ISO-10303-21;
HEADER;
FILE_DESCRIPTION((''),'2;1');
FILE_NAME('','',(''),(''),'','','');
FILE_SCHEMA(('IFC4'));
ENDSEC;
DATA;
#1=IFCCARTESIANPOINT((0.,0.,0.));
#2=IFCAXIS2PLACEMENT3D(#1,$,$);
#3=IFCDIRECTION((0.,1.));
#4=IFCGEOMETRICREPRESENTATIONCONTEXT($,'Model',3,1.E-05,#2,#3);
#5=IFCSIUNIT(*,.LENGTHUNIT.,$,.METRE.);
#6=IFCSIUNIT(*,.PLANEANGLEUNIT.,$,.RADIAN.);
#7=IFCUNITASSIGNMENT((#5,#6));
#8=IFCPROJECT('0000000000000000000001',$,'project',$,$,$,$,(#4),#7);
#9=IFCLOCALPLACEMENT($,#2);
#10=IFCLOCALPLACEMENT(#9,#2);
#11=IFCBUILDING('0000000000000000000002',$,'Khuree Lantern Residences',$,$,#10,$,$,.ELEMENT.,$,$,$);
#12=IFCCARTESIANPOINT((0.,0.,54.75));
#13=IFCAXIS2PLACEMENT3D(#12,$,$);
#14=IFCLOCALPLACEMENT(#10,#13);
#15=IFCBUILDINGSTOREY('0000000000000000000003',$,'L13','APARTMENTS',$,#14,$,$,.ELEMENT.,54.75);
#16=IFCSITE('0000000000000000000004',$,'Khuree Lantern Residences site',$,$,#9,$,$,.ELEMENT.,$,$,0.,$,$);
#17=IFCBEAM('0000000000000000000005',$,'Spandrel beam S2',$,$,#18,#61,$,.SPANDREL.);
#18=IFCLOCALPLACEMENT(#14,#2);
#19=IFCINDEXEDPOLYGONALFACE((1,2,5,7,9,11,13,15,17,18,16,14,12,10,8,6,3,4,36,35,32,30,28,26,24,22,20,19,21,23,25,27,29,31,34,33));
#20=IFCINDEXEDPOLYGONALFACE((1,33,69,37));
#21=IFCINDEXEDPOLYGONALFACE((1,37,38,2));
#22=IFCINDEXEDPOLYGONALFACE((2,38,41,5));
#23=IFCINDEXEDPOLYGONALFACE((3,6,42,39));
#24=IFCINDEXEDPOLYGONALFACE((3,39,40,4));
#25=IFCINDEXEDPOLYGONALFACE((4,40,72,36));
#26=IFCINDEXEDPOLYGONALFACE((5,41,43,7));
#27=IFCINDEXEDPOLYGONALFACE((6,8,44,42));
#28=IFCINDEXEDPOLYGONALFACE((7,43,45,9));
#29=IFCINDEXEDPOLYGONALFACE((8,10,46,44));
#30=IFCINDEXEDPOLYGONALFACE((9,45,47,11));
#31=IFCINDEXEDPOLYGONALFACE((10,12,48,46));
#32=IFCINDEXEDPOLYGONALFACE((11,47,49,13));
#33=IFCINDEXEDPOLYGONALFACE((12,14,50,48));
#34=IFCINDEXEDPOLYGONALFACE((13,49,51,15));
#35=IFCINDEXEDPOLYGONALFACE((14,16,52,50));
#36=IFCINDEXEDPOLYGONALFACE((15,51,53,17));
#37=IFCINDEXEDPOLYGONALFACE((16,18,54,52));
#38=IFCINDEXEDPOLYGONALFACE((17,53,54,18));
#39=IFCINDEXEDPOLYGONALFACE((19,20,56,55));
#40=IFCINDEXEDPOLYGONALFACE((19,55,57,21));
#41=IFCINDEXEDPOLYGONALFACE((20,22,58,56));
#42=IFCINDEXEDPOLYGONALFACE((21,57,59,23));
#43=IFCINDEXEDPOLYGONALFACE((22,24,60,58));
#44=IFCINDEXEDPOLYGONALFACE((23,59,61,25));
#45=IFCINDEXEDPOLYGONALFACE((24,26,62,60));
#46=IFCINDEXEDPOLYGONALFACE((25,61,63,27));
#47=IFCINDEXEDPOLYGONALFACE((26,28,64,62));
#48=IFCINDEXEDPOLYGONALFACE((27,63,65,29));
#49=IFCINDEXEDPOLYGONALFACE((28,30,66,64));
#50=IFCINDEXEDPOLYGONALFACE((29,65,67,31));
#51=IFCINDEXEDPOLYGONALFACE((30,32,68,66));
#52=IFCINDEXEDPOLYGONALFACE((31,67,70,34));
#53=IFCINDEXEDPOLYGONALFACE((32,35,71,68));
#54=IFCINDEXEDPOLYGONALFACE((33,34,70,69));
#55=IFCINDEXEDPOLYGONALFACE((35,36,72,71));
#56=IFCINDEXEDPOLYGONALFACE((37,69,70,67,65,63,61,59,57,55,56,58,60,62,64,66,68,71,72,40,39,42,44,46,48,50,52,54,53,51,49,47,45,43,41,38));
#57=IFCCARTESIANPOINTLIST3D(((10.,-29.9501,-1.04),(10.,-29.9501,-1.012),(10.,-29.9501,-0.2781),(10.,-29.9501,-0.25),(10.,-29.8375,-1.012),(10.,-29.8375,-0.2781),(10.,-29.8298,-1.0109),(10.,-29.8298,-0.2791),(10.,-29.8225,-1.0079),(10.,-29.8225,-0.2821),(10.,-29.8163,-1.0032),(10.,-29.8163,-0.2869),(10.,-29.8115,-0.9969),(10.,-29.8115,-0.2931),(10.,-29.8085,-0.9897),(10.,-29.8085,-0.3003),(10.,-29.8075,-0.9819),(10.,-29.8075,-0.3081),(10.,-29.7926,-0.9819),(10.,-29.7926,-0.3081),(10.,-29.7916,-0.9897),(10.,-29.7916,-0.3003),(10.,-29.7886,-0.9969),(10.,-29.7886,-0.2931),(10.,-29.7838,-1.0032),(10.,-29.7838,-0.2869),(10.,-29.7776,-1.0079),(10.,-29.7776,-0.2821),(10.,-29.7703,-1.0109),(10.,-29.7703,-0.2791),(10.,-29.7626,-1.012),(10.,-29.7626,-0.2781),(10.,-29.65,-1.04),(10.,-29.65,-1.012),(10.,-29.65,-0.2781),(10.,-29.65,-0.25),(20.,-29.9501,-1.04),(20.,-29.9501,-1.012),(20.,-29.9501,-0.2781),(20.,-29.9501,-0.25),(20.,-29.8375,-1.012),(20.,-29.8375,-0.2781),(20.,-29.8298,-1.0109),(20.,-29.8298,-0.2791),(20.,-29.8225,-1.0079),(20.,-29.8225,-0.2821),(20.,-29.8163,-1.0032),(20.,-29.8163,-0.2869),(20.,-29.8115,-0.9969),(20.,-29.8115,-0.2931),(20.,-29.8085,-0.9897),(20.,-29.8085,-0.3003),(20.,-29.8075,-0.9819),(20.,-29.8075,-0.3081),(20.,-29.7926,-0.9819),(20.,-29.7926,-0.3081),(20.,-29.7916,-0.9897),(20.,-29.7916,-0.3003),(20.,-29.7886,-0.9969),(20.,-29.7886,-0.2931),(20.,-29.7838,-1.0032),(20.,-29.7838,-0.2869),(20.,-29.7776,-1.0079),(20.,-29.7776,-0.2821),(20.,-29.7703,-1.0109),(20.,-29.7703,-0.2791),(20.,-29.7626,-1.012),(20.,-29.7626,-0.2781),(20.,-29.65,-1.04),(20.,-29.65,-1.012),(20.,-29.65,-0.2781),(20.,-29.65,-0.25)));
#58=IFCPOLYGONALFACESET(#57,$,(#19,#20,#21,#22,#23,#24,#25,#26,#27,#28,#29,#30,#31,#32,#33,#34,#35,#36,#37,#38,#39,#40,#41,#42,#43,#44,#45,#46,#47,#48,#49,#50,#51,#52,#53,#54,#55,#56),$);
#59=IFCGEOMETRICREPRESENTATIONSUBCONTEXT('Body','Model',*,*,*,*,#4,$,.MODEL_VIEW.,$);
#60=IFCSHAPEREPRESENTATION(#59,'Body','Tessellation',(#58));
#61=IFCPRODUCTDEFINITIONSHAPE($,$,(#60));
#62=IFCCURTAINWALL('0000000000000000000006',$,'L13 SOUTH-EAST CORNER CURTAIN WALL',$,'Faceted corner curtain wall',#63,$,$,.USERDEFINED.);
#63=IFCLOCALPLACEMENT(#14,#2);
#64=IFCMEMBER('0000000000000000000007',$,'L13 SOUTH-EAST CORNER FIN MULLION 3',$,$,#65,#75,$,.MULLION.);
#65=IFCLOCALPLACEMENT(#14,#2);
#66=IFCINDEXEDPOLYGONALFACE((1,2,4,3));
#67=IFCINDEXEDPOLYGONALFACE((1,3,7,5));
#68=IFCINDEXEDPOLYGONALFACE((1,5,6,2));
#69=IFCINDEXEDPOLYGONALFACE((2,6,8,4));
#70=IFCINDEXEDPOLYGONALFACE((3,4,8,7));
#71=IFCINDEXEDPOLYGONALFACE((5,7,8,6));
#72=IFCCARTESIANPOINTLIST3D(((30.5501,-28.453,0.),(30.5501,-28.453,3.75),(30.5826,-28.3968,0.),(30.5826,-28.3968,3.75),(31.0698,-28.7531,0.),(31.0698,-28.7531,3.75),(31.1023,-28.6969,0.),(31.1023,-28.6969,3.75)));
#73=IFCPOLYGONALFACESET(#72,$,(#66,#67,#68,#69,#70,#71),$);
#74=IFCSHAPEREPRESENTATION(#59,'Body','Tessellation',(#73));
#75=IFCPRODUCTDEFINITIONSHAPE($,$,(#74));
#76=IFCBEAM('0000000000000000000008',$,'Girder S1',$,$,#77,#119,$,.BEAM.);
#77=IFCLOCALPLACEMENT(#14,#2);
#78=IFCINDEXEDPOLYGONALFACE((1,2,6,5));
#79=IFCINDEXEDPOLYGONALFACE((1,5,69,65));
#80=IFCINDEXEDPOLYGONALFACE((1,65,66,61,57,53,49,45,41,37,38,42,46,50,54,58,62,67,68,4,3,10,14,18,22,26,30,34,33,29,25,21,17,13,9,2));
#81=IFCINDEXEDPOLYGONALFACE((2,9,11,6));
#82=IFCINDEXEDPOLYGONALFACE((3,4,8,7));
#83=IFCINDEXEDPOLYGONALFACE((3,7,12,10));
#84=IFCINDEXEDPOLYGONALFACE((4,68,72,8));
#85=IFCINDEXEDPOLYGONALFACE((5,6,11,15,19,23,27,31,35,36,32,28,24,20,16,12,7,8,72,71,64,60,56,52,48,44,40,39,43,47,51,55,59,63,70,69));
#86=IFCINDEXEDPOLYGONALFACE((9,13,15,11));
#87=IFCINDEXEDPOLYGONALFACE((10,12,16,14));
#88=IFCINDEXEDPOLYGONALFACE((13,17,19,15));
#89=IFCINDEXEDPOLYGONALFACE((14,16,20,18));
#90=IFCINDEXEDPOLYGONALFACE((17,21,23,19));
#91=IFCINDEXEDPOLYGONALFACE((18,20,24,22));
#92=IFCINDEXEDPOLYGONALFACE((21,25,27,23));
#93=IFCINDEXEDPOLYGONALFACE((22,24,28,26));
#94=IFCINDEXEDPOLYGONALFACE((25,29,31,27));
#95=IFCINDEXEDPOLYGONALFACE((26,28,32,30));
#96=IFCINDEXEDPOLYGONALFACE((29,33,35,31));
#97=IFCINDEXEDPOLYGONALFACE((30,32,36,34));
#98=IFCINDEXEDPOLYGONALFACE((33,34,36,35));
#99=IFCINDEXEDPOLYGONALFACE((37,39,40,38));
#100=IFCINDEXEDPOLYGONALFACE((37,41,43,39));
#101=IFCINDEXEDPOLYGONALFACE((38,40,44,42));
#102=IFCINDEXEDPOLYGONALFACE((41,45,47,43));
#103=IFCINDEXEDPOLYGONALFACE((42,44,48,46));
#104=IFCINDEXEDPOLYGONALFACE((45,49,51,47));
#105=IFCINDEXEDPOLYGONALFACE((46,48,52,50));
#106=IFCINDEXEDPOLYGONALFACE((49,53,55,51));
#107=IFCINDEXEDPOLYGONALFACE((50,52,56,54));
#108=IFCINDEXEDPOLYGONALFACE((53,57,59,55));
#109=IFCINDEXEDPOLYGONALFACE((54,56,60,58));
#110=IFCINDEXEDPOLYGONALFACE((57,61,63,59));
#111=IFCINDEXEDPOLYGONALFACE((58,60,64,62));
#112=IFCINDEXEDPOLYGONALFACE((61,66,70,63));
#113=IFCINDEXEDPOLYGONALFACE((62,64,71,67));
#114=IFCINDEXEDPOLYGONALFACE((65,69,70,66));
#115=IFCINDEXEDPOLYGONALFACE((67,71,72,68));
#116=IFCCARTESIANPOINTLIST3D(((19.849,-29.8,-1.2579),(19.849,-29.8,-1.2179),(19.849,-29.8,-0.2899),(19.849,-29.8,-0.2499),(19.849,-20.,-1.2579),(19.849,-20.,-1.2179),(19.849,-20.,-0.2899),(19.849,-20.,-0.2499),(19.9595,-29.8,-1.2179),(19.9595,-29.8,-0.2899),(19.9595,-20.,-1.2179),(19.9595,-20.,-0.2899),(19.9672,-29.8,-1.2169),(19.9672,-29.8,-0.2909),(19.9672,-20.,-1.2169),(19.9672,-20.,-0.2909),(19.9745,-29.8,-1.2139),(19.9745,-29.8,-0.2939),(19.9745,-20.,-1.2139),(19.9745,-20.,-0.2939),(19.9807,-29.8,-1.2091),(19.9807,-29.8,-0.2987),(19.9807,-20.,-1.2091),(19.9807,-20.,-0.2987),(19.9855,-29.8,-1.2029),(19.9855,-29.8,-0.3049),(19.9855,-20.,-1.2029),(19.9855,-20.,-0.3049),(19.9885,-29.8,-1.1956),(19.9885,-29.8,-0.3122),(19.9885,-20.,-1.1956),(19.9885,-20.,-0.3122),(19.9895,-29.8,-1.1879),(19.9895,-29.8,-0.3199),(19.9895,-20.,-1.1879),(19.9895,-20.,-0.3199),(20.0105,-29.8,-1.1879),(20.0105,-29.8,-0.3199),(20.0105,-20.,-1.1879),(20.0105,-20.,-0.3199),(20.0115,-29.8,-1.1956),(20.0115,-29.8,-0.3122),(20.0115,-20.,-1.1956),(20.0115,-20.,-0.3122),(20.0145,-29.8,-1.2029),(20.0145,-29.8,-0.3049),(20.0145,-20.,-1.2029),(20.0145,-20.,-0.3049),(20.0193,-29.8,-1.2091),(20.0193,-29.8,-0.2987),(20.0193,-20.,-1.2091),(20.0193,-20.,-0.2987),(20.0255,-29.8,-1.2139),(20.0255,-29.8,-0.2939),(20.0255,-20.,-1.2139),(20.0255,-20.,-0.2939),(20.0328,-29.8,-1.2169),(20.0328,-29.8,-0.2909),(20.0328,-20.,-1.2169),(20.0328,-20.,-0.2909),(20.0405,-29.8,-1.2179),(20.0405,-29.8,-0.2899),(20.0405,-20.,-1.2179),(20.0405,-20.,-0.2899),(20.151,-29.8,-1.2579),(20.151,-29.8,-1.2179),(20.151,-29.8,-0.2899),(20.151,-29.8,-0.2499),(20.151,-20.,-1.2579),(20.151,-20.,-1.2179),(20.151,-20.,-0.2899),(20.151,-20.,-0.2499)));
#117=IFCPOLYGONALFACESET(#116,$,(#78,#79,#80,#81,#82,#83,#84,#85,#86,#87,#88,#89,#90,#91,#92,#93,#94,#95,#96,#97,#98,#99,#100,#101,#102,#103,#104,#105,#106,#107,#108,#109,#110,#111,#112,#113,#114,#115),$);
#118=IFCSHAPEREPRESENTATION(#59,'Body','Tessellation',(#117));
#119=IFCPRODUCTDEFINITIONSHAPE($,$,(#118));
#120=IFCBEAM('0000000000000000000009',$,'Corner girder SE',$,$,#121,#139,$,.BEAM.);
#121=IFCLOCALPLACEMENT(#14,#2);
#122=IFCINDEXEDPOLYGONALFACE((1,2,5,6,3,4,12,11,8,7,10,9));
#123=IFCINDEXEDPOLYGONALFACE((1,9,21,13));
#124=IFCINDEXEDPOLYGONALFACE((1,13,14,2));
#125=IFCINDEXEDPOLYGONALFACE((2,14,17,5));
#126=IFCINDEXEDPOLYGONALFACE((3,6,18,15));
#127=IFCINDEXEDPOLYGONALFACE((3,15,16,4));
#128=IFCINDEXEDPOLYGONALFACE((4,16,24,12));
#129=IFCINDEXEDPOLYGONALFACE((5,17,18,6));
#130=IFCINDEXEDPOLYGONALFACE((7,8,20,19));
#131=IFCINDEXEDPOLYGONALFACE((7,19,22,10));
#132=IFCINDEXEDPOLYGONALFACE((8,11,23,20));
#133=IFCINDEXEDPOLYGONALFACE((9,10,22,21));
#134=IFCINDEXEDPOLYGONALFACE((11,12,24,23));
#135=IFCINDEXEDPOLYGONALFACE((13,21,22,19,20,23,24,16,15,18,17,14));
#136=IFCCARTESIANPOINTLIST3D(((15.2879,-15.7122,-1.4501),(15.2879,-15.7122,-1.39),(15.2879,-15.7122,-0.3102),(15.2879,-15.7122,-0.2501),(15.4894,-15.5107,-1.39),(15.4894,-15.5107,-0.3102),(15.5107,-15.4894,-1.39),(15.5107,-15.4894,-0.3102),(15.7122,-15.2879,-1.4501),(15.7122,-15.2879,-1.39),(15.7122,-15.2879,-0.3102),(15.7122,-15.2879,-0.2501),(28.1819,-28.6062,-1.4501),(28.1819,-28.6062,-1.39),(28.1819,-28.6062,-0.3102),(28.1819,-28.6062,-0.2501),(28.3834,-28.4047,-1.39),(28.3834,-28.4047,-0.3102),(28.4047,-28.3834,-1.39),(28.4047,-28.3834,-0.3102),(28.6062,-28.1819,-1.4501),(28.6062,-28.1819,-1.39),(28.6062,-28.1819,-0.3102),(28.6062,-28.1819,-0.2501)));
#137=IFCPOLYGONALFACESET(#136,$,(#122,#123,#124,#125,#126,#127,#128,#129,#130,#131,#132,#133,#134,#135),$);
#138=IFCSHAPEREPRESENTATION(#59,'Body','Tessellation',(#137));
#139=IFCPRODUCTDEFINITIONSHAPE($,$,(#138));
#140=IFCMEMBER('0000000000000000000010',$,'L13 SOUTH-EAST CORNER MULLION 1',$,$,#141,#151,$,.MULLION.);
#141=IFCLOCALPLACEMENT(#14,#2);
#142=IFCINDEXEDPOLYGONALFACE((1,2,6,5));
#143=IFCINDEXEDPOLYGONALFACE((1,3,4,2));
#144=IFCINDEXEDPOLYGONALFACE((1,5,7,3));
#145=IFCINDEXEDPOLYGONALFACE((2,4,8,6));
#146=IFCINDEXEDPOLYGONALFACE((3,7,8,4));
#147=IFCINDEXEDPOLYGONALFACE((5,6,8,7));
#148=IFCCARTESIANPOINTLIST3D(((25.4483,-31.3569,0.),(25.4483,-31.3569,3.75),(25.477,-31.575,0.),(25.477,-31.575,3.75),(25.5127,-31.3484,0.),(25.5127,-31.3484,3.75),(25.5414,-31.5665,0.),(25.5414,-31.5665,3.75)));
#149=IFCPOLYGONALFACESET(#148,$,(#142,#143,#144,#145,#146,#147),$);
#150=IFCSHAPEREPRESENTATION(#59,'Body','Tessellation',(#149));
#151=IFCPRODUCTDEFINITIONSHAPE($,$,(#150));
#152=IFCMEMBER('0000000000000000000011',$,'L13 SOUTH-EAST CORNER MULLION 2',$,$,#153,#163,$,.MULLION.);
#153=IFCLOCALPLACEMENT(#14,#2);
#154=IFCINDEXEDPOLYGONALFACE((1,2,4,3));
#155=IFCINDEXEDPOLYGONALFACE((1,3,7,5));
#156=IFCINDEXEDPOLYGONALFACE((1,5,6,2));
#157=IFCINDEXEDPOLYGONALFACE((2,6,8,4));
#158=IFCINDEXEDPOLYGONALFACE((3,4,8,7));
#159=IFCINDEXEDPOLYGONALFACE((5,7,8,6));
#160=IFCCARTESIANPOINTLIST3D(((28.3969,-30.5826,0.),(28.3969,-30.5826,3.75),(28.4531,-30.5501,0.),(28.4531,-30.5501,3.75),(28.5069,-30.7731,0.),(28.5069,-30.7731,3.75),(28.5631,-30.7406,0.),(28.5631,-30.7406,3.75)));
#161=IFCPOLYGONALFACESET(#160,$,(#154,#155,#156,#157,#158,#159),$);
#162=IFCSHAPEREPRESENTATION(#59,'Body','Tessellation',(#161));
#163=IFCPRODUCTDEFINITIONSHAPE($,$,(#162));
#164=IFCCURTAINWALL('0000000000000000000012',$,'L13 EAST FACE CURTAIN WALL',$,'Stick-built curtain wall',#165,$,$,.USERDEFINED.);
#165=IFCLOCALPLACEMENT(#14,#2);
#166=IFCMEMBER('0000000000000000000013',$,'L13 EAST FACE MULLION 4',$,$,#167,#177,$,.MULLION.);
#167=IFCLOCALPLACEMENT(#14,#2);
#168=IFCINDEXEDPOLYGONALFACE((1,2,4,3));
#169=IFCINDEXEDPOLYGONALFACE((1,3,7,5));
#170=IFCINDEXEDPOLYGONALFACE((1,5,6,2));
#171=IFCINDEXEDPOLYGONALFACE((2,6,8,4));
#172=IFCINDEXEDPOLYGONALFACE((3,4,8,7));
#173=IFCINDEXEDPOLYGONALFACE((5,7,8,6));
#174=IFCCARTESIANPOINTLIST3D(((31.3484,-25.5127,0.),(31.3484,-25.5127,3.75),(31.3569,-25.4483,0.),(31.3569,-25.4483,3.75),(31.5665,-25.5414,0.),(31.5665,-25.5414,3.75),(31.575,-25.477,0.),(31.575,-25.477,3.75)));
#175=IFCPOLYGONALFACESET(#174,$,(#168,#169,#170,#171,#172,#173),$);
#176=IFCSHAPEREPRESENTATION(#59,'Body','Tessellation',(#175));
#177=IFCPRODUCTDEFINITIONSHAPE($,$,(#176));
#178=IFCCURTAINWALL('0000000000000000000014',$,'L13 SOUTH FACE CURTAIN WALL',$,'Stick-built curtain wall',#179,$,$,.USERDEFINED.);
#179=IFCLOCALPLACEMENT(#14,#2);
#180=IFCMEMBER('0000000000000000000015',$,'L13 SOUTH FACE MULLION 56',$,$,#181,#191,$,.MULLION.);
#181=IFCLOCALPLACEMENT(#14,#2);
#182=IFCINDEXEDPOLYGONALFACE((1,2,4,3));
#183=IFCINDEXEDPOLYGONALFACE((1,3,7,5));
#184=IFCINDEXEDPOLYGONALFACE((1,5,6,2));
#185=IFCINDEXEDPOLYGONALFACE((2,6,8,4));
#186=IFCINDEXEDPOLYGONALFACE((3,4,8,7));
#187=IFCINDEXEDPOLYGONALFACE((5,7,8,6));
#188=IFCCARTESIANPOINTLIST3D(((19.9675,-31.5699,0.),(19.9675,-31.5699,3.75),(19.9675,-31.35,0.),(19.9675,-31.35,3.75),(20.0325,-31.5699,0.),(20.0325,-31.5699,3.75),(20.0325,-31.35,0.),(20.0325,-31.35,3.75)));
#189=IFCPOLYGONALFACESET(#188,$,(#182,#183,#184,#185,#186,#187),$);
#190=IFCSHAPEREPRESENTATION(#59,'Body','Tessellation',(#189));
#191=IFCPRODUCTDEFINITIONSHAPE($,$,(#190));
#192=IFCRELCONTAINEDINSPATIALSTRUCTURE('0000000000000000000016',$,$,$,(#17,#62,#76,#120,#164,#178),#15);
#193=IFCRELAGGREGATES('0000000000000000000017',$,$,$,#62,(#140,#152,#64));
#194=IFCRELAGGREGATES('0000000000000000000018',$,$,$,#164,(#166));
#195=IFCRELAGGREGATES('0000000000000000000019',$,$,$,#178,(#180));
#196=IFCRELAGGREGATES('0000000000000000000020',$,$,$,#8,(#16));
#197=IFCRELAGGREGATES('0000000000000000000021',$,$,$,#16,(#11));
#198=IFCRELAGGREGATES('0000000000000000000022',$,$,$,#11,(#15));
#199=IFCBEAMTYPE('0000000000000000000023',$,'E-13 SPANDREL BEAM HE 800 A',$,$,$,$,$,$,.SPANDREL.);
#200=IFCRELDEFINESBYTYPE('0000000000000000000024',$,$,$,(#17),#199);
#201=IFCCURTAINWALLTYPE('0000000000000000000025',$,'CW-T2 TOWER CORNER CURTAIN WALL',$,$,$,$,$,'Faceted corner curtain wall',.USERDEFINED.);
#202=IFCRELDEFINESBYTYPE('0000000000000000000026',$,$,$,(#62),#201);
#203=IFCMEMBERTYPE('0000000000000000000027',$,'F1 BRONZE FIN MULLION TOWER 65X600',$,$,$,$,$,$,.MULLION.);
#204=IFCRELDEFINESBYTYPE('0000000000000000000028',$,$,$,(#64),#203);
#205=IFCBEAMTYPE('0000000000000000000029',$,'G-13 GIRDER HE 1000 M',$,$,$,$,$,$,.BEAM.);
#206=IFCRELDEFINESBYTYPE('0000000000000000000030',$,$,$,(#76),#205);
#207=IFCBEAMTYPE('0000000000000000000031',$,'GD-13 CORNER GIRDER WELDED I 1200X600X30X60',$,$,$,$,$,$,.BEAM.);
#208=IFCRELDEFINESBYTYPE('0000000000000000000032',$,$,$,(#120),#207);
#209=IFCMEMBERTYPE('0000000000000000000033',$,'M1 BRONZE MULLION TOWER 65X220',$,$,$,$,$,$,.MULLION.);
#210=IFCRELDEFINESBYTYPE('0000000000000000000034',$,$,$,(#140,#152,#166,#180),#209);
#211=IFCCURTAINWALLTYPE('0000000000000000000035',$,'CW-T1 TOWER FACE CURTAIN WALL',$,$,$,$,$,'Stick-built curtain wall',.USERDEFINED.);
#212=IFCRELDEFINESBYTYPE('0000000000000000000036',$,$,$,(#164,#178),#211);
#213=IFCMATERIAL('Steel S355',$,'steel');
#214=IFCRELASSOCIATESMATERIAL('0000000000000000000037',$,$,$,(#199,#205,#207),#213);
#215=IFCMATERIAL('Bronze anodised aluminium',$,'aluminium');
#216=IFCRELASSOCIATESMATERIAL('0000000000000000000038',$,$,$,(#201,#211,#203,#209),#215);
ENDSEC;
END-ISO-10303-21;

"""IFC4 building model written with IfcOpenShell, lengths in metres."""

from ifc_helpers import new_model, si_unit, direction, frame, origin, origin_2d, place, context, subcontext, project, spatial, rectangle, i_section, extrude, material, material_profile, profile_set, type_object, element, aggregate, save


model = new_model("IFC4")

# Units and contexts
model_context = context("Model", 3, precision=1e-05, world=origin(), true_north=direction((0.0, 1.0)))
body_context = subcontext(model_context, "Body", "Model", "MODEL_VIEW")
ifc_project = project(units=[si_unit("LENGTHUNIT", "METRE"), si_unit("PLANEANGLEUNIT", "RADIAN")], contexts=[model_context])

# Site, building, storey
site_placement = place(None, origin())
site = spatial("IfcSite", under=ifc_project, at=site_placement, Name="Khuree Lantern Residences site", CompositionType="ELEMENT", RefElevation=0.0)
building_placement = place(site_placement, origin())
building = spatial("IfcBuilding", under=site, at=building_placement, Name="Khuree Lantern Residences", CompositionType="ELEMENT")
storey_placement = place(building_placement, frame((0.0, 0.0, 54.75)))
storey = spatial("IfcBuildingStorey", under=building, at=storey_placement, Name="L13", Description="APARTMENTS", CompositionType="ELEMENT", Elevation=54.75)

# Beam
ifc_material_1 = material(Name="Steel S355", Category="steel")
ifc_material_profile_1 = material_profile(ifc_material_1, i_section(OverallWidth=0.3, OverallDepth=0.79, WebThickness=0.0149, FlangeThickness=0.0281, FilletRadius=0.03, at=origin_2d()), Name="HE 800 A")
ifc_profile_set_1 = profile_set([ifc_material_profile_1], Name="Steel S355")
beam_type_1 = type_object("IfcBeamType", Name="E-13 SPANDREL BEAM HE 800 A", PredefinedType="SPANDREL", material=ifc_profile_set_1)
beam_1_placement = place(storey_placement, frame((20.0, -29.8, -0.645), z_axis=(-1.0, 0.0, 0.0), x_axis=(0.0, -1.0, 0.0)))
element("IfcBeam", 1, at=beam_1_placement, inside=storey, type_object=beam_type_1, Name="Spandrel beam S2", PredefinedType="SPANDREL", context=body_context, shape_type="SweptSolid", body=[
    extrude(i_section(OverallWidth=0.3, OverallDepth=0.79, WebThickness=0.0149, FlangeThickness=0.0281, FilletRadius=0.03, at=origin_2d()), origin(), (0.0, 0.0, 1.0), 10.0),
])

# Curtain wall, member
ifc_material_2 = material(Name="Bronze anodised aluminium", Category="aluminium")
curtain_wall_type_1 = type_object("IfcCurtainWallType", Name="CW-T2 TOWER CORNER CURTAIN WALL", ElementType="Faceted corner curtain wall", PredefinedType="USERDEFINED", material=ifc_material_2)
curtain_wall_1_placement = place(storey_placement, origin())
curtain_wall_1 = element("IfcCurtainWall", 2, at=curtain_wall_1_placement, inside=storey, type_object=curtain_wall_type_1, Name="L13 SOUTH-EAST CORNER CURTAIN WALL", ObjectType="Faceted corner curtain wall", PredefinedType="USERDEFINED")
ifc_material_profile_2 = material_profile(ifc_material_2, rectangle(XDim=0.0649, YDim=0.6001, at=origin_2d()), Name="F1 65X600")
ifc_profile_set_2 = profile_set([ifc_material_profile_2], Name="Bronze anodised aluminium")
member_type_1 = type_object("IfcMemberType", Name="F1 BRONZE FIN MULLION TOWER 65X600", PredefinedType="MULLION", material=ifc_profile_set_2)
member_1_placement = place(storey_placement, frame((30.8262, -28.575, 0.0), z_axis=(0.0, 0.0, 1.0), x_axis=(0.5, 0.866025, 0.0)))
member_1 = element("IfcMember", 3, at=member_1_placement, type_object=member_type_1, Name="L13 SOUTH-EAST CORNER FIN MULLION 3", PredefinedType="MULLION", context=body_context, shape_type="SweptSolid", body=[
    extrude(rectangle(XDim=0.0649, YDim=0.6001, at=origin_2d()), origin(), (0.0, 0.0, 1.0), 3.75),
])

# Beams
ifc_material_profile_3 = material_profile(ifc_material_1, i_section(OverallWidth=0.302, OverallDepth=1.0081, WebThickness=0.021, FlangeThickness=0.04, FilletRadius=0.03, at=origin_2d()), Name="HE 1000 M")
ifc_profile_set_3 = profile_set([ifc_material_profile_3], Name="Steel S355")
beam_type_2 = type_object("IfcBeamType", Name="G-13 GIRDER HE 1000 M", PredefinedType="BEAM", material=ifc_profile_set_3)
beam_2_placement = place(storey_placement, frame((20.0, -29.8, -0.7539), z_axis=(0.0, 1.0, 0.0), x_axis=(-1.0, 0.0, 0.0)))
element("IfcBeam", 4, at=beam_2_placement, inside=storey, type_object=beam_type_2, Name="Girder S1", PredefinedType="BEAM", context=body_context, shape_type="SweptSolid", body=[
    extrude(i_section(OverallWidth=0.302, OverallDepth=1.0081, WebThickness=0.021, FlangeThickness=0.04, FilletRadius=0.03, at=origin_2d()), origin(), (0.0, 0.0, 1.0), 9.8),
])
ifc_material_profile_4 = material_profile(ifc_material_1, i_section(OverallWidth=0.6001, OverallDepth=1.2, WebThickness=0.03, FlangeThickness=0.0601, at=origin_2d()), Name="WELDED I 1200X600X30X60")
ifc_profile_set_4 = profile_set([ifc_material_profile_4], Name="Steel S355")
beam_type_3 = type_object("IfcBeamType", Name="GD-13 CORNER GIRDER WELDED I 1200X600X30X60", PredefinedType="BEAM", material=ifc_profile_set_4)
beam_3_placement = place(storey_placement, frame((28.394, -28.394, -0.8501), z_axis=(-0.707107, 0.707107, 0.0), x_axis=(-0.707107, -0.707107, 0.0)))
element("IfcBeam", 5, at=beam_3_placement, inside=storey, type_object=beam_type_3, Name="Corner girder SE", PredefinedType="BEAM", context=body_context, shape_type="SweptSolid", body=[
    extrude(i_section(OverallWidth=0.6001, OverallDepth=1.2, WebThickness=0.03, FlangeThickness=0.0601, at=origin_2d()), origin(), (0.0, 0.0, 1.0), 18.2349),
])

# Members
ifc_material_profile_5 = material_profile(ifc_material_2, rectangle(XDim=0.0649, YDim=0.22, at=origin_2d()), Name="M1 65X220")
ifc_profile_set_5 = profile_set([ifc_material_profile_5], Name="Bronze anodised aluminium")
member_type_2 = type_object("IfcMemberType", Name="M1 BRONZE MULLION TOWER 65X220", PredefinedType="MULLION", material=ifc_profile_set_5)
member_2_placement = place(storey_placement, frame((25.4949, -31.4617, 0.0), z_axis=(0.0, 0.0, 1.0), x_axis=(0.991445, 0.130526, 0.0)))
member_2 = element("IfcMember", 6, at=member_2_placement, type_object=member_type_2, Name="L13 SOUTH-EAST CORNER MULLION 1", PredefinedType="MULLION", context=body_context, shape_type="SweptSolid", body=[
    extrude(rectangle(XDim=0.0649, YDim=0.22, at=origin_2d()), origin(), (0.0, 0.0, 1.0), 3.75),
])
member_3_placement = place(storey_placement, frame((28.48, -30.6616, 0.0), z_axis=(0.0, 0.0, 1.0), x_axis=(0.866025, 0.5, 0.0)))
member_3 = element("IfcMember", 7, at=member_3_placement, type_object=member_type_2, Name="L13 SOUTH-EAST CORNER MULLION 2", PredefinedType="MULLION", context=body_context, shape_type="SweptSolid", body=[
    extrude(rectangle(XDim=0.0649, YDim=0.22, at=origin_2d()), origin(), (0.0, 0.0, 1.0), 3.75),
])

# Curtain walls, members
curtain_wall_type_2 = type_object("IfcCurtainWallType", Name="CW-T1 TOWER FACE CURTAIN WALL", ElementType="Stick-built curtain wall", PredefinedType="USERDEFINED", material=ifc_material_2)
curtain_wall_2_placement = place(storey_placement, origin())
curtain_wall_2 = element("IfcCurtainWall", 8, at=curtain_wall_2_placement, inside=storey, type_object=curtain_wall_type_2, Name="L13 EAST FACE CURTAIN WALL", ObjectType="Stick-built curtain wall", PredefinedType="USERDEFINED")
member_4_placement = place(storey_placement, frame((31.4617, -25.4949, 0.0), z_axis=(0.0, 0.0, 1.0), x_axis=(0.130526, 0.991445, 0.0)))
member_4 = element("IfcMember", 9, at=member_4_placement, type_object=member_type_2, Name="L13 EAST FACE MULLION 4", PredefinedType="MULLION", context=body_context, shape_type="SweptSolid", body=[
    extrude(rectangle(XDim=0.0649, YDim=0.22, at=origin_2d()), origin(), (0.0, 0.0, 1.0), 3.75),
])
curtain_wall_3_placement = place(storey_placement, origin())
curtain_wall_3 = element("IfcCurtainWall", 10, at=curtain_wall_3_placement, inside=storey, type_object=curtain_wall_type_2, Name="L13 SOUTH FACE CURTAIN WALL", ObjectType="Stick-built curtain wall", PredefinedType="USERDEFINED")
member_5_placement = place(storey_placement, frame((20.0, -31.46, 0.0), z_axis=(0.0, 0.0, 1.0), x_axis=(1.0, 0.0, 0.0)))
member_5 = element("IfcMember", 11, at=member_5_placement, type_object=member_type_2, Name="L13 SOUTH FACE MULLION 56", PredefinedType="MULLION", context=body_context, shape_type="SweptSolid", body=[
    extrude(rectangle(XDim=0.0649, YDim=0.22, at=origin_2d()), origin(), (0.0, 0.0, 1.0), 3.75),
])

aggregate(curtain_wall_1, [member_2, member_3, member_1])
aggregate(curtain_wall_2, [member_4])
aggregate(curtain_wall_3, [member_5])

save(model, "model.ifc")
